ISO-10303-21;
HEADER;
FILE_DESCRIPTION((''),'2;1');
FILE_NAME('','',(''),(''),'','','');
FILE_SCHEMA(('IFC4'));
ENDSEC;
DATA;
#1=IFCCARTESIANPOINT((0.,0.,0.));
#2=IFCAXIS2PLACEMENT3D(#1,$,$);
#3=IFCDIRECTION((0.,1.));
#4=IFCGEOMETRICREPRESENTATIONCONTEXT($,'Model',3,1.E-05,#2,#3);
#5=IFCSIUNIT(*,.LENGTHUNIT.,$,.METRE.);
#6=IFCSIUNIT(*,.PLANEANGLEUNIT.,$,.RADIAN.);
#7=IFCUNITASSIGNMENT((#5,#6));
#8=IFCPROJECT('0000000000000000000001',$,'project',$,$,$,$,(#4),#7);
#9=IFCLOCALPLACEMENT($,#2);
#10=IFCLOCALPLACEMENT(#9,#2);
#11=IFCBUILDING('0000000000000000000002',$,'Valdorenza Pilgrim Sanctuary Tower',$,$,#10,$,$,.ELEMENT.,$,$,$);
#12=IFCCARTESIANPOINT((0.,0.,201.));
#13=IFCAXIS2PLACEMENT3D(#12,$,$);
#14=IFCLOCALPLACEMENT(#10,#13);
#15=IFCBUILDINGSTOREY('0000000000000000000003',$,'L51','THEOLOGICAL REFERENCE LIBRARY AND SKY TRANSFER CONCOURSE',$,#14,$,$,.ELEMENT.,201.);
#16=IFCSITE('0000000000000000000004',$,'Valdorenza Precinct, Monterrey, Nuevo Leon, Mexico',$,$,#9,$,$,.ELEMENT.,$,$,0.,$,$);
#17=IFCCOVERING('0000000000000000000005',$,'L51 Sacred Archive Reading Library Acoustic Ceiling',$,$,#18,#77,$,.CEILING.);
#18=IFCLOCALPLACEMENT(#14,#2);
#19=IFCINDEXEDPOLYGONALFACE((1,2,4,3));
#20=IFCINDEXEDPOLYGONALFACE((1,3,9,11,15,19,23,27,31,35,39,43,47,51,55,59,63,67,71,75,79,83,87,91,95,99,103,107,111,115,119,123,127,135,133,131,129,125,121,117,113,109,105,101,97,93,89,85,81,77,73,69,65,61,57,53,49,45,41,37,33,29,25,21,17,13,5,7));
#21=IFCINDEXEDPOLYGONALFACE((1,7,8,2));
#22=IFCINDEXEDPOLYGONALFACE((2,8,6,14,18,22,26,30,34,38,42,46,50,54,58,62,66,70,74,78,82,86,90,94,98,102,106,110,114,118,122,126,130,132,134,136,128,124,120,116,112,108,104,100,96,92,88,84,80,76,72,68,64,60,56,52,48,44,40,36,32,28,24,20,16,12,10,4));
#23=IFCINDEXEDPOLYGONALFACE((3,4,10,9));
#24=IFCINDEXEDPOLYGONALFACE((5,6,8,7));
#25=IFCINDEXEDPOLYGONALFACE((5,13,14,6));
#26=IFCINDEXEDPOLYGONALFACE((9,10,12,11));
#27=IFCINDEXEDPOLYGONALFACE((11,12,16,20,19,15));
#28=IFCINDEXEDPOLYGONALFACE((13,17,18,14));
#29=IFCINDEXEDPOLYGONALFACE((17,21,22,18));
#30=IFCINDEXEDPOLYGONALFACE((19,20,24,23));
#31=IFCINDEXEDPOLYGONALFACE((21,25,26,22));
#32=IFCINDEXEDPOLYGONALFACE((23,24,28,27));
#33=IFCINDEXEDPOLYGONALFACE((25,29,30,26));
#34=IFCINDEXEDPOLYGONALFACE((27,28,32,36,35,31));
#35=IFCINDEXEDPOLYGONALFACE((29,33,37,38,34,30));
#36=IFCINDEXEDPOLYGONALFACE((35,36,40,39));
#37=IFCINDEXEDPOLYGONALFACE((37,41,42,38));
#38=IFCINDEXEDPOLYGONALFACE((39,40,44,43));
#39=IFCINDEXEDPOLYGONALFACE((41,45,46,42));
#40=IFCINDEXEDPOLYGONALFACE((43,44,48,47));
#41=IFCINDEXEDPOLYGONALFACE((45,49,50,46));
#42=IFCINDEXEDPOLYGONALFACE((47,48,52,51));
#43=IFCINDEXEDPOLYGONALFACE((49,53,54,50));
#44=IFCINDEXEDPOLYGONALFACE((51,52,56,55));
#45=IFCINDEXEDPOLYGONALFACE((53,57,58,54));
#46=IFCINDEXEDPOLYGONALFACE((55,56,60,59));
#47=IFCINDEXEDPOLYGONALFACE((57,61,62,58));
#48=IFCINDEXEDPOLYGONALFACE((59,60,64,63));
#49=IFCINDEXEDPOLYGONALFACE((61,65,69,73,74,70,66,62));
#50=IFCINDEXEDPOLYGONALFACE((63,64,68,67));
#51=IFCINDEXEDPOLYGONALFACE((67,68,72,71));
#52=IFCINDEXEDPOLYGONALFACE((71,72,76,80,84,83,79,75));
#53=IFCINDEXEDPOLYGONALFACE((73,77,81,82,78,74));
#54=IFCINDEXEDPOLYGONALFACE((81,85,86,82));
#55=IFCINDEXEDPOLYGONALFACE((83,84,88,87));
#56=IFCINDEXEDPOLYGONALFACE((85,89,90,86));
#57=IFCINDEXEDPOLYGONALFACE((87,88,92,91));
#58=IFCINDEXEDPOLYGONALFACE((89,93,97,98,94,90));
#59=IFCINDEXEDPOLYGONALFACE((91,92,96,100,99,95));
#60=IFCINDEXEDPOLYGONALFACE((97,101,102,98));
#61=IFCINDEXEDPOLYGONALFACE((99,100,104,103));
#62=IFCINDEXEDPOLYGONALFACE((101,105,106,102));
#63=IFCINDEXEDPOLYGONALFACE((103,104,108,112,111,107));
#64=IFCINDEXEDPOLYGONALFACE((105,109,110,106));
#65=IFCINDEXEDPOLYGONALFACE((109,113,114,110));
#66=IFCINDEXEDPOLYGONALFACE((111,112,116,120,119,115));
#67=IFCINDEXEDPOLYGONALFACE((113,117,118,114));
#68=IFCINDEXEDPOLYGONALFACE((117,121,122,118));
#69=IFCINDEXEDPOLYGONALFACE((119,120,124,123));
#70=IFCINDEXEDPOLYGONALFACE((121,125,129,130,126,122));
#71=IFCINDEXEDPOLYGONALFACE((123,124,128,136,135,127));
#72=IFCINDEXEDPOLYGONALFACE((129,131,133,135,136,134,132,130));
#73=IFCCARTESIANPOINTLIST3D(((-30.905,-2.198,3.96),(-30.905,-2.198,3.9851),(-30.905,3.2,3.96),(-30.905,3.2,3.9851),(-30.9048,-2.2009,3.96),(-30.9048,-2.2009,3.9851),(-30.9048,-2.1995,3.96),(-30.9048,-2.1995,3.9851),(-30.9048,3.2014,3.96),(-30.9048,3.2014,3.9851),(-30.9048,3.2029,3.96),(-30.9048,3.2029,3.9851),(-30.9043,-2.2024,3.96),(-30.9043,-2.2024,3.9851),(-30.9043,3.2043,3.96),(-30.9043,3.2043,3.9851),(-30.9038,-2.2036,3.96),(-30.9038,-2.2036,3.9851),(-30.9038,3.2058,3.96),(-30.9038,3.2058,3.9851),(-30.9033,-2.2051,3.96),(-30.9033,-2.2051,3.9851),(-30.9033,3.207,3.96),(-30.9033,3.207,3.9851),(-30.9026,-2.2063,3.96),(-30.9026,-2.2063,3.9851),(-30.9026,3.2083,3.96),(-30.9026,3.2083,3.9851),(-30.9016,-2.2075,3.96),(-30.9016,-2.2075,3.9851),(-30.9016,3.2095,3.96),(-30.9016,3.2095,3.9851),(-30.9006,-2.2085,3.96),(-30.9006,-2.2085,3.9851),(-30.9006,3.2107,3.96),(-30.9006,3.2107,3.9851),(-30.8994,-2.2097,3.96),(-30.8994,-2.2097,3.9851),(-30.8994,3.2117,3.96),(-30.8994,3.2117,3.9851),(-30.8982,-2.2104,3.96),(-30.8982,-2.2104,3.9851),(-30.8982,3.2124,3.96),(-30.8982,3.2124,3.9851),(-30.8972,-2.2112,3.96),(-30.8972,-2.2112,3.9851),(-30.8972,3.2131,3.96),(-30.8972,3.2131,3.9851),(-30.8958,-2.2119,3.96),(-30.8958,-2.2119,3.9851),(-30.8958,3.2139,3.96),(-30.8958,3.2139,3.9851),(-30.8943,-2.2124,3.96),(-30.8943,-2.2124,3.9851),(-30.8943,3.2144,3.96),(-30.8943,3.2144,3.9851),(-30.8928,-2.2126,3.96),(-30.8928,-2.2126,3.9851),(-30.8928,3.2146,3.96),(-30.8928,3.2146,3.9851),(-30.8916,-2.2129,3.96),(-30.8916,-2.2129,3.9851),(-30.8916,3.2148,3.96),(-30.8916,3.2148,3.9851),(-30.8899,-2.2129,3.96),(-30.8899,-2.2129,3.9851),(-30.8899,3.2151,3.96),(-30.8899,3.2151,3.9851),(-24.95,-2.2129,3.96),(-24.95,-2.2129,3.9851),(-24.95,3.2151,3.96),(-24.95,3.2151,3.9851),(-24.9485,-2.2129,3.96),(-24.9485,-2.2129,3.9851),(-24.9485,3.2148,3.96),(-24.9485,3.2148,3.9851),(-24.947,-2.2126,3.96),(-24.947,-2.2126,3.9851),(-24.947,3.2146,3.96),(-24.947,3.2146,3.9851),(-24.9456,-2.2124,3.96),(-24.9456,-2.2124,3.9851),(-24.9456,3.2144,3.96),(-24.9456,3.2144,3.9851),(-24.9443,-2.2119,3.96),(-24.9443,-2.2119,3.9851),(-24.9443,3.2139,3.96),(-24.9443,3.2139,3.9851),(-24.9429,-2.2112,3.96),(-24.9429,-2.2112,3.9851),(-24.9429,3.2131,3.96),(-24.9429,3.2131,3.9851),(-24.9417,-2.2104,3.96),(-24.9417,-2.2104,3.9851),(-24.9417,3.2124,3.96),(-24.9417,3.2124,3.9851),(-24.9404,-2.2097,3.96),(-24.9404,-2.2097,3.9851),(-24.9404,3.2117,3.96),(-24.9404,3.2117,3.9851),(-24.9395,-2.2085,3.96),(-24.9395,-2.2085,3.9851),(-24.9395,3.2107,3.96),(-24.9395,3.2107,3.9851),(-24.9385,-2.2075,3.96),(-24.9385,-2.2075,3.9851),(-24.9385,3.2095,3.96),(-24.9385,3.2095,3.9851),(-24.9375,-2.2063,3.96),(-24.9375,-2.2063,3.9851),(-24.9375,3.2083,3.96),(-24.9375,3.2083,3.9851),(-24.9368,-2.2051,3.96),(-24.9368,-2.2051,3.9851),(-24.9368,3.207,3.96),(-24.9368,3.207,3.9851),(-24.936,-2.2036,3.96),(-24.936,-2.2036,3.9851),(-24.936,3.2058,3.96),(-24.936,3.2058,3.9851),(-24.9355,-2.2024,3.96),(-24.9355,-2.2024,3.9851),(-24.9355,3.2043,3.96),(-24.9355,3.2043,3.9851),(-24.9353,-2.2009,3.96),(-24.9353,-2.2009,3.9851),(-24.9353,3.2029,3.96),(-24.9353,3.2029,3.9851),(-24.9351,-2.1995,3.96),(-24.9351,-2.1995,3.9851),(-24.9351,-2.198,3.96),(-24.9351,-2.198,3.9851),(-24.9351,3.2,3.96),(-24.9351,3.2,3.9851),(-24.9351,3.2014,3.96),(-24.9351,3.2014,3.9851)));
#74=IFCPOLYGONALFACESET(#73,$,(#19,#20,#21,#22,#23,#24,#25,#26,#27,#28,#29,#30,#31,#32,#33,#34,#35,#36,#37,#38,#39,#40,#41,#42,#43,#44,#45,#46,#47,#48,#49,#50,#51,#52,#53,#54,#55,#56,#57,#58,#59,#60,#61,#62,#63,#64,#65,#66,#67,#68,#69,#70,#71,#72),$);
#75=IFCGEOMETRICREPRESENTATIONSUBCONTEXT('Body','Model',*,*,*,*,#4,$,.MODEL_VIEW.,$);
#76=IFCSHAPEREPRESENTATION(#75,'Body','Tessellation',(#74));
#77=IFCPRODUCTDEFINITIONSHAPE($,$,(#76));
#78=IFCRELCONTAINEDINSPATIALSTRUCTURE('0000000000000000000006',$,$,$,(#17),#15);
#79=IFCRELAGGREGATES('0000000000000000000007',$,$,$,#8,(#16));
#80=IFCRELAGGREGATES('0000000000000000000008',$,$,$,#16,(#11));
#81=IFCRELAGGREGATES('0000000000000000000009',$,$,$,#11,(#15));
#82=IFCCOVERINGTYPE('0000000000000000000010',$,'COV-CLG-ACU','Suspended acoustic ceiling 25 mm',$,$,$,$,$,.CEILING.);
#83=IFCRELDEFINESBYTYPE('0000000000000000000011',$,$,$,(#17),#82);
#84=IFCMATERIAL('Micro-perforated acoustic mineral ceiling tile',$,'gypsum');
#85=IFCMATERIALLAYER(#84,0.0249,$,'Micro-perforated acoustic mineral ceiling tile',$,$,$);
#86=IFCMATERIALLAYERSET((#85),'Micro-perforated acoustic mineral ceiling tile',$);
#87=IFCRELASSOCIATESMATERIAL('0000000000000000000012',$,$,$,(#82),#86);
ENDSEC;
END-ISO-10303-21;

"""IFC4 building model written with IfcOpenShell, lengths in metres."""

from ifc_helpers import new_model, si_unit, direction, frame, origin, place, context, subcontext, project, spatial, polyline, outline, extrude, material, layer, layer_set, type_object, element, save


model = new_model("IFC4")

# Units and contexts
model_context = context("Model", 3, precision=1e-05, world=origin(), true_north=direction((0.0, 1.0)))
body_context = subcontext(model_context, "Body", "Model", "MODEL_VIEW")
ifc_project = project(units=[si_unit("LENGTHUNIT", "METRE"), si_unit("PLANEANGLEUNIT", "RADIAN")], contexts=[model_context])

# Site, building, storey
site_placement = place(None, origin())
site = spatial("IfcSite", under=ifc_project, at=site_placement, Name="Valdorenza Precinct, Monterrey, Nuevo Leon, Mexico", CompositionType="ELEMENT", RefElevation=0.0)
building_placement = place(site_placement, origin())
building = spatial("IfcBuilding", under=site, at=building_placement, Name="Valdorenza Pilgrim Sanctuary Tower", CompositionType="ELEMENT")
storey_placement = place(building_placement, frame((0.0, 0.0, 201.0)))
storey = spatial("IfcBuildingStorey", under=building, at=storey_placement, Name="L51", Description="THEOLOGICAL REFERENCE LIBRARY AND SKY TRANSFER CONCOURSE", CompositionType="ELEMENT", Elevation=201.0)

# Covering
ifc_material_1 = material(Name="Micro-perforated acoustic mineral ceiling tile", Category="gypsum")
ifc_layer_1 = layer(ifc_material_1, 0.0249, Name="Micro-perforated acoustic mineral ceiling tile")
ifc_layer_set_1 = layer_set([ifc_layer_1], Name="Micro-perforated acoustic mineral ceiling tile")
covering_type_1 = type_object("IfcCoveringType", Name="COV-CLG-ACU", Description="Suspended acoustic ceiling 25 mm", PredefinedType="CEILING", material=ifc_layer_set_1)
covering_1_placement = place(storey_placement, frame((0.0, 0.0, 3.96)))
element("IfcCovering", 1, at=covering_1_placement, inside=storey, type_object=covering_type_1, Name="L51 Sacred Archive Reading Library Acoustic Ceiling", PredefinedType="CEILING", context=body_context, shape_type="SweptSolid", body=[
    extrude(outline(polyline([(-24.9351, -2.198), (-24.9351, -2.1995), (-24.9353, -2.2009), (-24.9355, -2.2024), (-24.936, -2.2036), (-24.9368, -2.2051), (-24.9375, -2.2063), (-24.9385, -2.2075), (-24.9395, -2.2085), (-24.9404, -2.2097), (-24.9417, -2.2104), (-24.9429, -2.2112), (-24.9443, -2.2119), (-24.9456, -2.2124), (-24.947, -2.2126), (-24.9485, -2.2129), (-24.95, -2.2129), (-30.8899, -2.2129), (-30.8916, -2.2129), (-30.8928, -2.2126), (-30.8943, -2.2124), (-30.8958, -2.2119), (-30.8972, -2.2112), (-30.8982, -2.2104), (-30.8994, -2.2097), (-30.9006, -2.2085), (-30.9016, -2.2075), (-30.9026, -2.2063), (-30.9033, -2.2051), (-30.9038, -2.2036), (-30.9043, -2.2024), (-30.9048, -2.2009), (-30.9048, -2.1995), (-30.905, -2.198), (-30.905, 3.2), (-30.9048, 3.2014), (-30.9048, 3.2029), (-30.9043, 3.2043), (-30.9038, 3.2058), (-30.9033, 3.207), (-30.9026, 3.2083), (-30.9016, 3.2095), (-30.9006, 3.2107), (-30.8994, 3.2117), (-30.8982, 3.2124), (-30.8972, 3.2131), (-30.8958, 3.2139), (-30.8943, 3.2144), (-30.8928, 3.2146), (-30.8916, 3.2148), (-30.8899, 3.2151), (-24.95, 3.2151), (-24.9485, 3.2148), (-24.947, 3.2146), (-24.9456, 3.2144), (-24.9443, 3.2139), (-24.9429, 3.2131), (-24.9417, 3.2124), (-24.9404, 3.2117), (-24.9395, 3.2107), (-24.9385, 3.2095), (-24.9375, 3.2083), (-24.9368, 3.207), (-24.936, 3.2058), (-24.9355, 3.2043), (-24.9353, 3.2029), (-24.9351, 3.2014), (-24.9351, 3.2), (-24.9351, -2.198)])), origin(), (0.0, 0.0, 1.0), 0.0251),
])

save(model, "model.ifc")
